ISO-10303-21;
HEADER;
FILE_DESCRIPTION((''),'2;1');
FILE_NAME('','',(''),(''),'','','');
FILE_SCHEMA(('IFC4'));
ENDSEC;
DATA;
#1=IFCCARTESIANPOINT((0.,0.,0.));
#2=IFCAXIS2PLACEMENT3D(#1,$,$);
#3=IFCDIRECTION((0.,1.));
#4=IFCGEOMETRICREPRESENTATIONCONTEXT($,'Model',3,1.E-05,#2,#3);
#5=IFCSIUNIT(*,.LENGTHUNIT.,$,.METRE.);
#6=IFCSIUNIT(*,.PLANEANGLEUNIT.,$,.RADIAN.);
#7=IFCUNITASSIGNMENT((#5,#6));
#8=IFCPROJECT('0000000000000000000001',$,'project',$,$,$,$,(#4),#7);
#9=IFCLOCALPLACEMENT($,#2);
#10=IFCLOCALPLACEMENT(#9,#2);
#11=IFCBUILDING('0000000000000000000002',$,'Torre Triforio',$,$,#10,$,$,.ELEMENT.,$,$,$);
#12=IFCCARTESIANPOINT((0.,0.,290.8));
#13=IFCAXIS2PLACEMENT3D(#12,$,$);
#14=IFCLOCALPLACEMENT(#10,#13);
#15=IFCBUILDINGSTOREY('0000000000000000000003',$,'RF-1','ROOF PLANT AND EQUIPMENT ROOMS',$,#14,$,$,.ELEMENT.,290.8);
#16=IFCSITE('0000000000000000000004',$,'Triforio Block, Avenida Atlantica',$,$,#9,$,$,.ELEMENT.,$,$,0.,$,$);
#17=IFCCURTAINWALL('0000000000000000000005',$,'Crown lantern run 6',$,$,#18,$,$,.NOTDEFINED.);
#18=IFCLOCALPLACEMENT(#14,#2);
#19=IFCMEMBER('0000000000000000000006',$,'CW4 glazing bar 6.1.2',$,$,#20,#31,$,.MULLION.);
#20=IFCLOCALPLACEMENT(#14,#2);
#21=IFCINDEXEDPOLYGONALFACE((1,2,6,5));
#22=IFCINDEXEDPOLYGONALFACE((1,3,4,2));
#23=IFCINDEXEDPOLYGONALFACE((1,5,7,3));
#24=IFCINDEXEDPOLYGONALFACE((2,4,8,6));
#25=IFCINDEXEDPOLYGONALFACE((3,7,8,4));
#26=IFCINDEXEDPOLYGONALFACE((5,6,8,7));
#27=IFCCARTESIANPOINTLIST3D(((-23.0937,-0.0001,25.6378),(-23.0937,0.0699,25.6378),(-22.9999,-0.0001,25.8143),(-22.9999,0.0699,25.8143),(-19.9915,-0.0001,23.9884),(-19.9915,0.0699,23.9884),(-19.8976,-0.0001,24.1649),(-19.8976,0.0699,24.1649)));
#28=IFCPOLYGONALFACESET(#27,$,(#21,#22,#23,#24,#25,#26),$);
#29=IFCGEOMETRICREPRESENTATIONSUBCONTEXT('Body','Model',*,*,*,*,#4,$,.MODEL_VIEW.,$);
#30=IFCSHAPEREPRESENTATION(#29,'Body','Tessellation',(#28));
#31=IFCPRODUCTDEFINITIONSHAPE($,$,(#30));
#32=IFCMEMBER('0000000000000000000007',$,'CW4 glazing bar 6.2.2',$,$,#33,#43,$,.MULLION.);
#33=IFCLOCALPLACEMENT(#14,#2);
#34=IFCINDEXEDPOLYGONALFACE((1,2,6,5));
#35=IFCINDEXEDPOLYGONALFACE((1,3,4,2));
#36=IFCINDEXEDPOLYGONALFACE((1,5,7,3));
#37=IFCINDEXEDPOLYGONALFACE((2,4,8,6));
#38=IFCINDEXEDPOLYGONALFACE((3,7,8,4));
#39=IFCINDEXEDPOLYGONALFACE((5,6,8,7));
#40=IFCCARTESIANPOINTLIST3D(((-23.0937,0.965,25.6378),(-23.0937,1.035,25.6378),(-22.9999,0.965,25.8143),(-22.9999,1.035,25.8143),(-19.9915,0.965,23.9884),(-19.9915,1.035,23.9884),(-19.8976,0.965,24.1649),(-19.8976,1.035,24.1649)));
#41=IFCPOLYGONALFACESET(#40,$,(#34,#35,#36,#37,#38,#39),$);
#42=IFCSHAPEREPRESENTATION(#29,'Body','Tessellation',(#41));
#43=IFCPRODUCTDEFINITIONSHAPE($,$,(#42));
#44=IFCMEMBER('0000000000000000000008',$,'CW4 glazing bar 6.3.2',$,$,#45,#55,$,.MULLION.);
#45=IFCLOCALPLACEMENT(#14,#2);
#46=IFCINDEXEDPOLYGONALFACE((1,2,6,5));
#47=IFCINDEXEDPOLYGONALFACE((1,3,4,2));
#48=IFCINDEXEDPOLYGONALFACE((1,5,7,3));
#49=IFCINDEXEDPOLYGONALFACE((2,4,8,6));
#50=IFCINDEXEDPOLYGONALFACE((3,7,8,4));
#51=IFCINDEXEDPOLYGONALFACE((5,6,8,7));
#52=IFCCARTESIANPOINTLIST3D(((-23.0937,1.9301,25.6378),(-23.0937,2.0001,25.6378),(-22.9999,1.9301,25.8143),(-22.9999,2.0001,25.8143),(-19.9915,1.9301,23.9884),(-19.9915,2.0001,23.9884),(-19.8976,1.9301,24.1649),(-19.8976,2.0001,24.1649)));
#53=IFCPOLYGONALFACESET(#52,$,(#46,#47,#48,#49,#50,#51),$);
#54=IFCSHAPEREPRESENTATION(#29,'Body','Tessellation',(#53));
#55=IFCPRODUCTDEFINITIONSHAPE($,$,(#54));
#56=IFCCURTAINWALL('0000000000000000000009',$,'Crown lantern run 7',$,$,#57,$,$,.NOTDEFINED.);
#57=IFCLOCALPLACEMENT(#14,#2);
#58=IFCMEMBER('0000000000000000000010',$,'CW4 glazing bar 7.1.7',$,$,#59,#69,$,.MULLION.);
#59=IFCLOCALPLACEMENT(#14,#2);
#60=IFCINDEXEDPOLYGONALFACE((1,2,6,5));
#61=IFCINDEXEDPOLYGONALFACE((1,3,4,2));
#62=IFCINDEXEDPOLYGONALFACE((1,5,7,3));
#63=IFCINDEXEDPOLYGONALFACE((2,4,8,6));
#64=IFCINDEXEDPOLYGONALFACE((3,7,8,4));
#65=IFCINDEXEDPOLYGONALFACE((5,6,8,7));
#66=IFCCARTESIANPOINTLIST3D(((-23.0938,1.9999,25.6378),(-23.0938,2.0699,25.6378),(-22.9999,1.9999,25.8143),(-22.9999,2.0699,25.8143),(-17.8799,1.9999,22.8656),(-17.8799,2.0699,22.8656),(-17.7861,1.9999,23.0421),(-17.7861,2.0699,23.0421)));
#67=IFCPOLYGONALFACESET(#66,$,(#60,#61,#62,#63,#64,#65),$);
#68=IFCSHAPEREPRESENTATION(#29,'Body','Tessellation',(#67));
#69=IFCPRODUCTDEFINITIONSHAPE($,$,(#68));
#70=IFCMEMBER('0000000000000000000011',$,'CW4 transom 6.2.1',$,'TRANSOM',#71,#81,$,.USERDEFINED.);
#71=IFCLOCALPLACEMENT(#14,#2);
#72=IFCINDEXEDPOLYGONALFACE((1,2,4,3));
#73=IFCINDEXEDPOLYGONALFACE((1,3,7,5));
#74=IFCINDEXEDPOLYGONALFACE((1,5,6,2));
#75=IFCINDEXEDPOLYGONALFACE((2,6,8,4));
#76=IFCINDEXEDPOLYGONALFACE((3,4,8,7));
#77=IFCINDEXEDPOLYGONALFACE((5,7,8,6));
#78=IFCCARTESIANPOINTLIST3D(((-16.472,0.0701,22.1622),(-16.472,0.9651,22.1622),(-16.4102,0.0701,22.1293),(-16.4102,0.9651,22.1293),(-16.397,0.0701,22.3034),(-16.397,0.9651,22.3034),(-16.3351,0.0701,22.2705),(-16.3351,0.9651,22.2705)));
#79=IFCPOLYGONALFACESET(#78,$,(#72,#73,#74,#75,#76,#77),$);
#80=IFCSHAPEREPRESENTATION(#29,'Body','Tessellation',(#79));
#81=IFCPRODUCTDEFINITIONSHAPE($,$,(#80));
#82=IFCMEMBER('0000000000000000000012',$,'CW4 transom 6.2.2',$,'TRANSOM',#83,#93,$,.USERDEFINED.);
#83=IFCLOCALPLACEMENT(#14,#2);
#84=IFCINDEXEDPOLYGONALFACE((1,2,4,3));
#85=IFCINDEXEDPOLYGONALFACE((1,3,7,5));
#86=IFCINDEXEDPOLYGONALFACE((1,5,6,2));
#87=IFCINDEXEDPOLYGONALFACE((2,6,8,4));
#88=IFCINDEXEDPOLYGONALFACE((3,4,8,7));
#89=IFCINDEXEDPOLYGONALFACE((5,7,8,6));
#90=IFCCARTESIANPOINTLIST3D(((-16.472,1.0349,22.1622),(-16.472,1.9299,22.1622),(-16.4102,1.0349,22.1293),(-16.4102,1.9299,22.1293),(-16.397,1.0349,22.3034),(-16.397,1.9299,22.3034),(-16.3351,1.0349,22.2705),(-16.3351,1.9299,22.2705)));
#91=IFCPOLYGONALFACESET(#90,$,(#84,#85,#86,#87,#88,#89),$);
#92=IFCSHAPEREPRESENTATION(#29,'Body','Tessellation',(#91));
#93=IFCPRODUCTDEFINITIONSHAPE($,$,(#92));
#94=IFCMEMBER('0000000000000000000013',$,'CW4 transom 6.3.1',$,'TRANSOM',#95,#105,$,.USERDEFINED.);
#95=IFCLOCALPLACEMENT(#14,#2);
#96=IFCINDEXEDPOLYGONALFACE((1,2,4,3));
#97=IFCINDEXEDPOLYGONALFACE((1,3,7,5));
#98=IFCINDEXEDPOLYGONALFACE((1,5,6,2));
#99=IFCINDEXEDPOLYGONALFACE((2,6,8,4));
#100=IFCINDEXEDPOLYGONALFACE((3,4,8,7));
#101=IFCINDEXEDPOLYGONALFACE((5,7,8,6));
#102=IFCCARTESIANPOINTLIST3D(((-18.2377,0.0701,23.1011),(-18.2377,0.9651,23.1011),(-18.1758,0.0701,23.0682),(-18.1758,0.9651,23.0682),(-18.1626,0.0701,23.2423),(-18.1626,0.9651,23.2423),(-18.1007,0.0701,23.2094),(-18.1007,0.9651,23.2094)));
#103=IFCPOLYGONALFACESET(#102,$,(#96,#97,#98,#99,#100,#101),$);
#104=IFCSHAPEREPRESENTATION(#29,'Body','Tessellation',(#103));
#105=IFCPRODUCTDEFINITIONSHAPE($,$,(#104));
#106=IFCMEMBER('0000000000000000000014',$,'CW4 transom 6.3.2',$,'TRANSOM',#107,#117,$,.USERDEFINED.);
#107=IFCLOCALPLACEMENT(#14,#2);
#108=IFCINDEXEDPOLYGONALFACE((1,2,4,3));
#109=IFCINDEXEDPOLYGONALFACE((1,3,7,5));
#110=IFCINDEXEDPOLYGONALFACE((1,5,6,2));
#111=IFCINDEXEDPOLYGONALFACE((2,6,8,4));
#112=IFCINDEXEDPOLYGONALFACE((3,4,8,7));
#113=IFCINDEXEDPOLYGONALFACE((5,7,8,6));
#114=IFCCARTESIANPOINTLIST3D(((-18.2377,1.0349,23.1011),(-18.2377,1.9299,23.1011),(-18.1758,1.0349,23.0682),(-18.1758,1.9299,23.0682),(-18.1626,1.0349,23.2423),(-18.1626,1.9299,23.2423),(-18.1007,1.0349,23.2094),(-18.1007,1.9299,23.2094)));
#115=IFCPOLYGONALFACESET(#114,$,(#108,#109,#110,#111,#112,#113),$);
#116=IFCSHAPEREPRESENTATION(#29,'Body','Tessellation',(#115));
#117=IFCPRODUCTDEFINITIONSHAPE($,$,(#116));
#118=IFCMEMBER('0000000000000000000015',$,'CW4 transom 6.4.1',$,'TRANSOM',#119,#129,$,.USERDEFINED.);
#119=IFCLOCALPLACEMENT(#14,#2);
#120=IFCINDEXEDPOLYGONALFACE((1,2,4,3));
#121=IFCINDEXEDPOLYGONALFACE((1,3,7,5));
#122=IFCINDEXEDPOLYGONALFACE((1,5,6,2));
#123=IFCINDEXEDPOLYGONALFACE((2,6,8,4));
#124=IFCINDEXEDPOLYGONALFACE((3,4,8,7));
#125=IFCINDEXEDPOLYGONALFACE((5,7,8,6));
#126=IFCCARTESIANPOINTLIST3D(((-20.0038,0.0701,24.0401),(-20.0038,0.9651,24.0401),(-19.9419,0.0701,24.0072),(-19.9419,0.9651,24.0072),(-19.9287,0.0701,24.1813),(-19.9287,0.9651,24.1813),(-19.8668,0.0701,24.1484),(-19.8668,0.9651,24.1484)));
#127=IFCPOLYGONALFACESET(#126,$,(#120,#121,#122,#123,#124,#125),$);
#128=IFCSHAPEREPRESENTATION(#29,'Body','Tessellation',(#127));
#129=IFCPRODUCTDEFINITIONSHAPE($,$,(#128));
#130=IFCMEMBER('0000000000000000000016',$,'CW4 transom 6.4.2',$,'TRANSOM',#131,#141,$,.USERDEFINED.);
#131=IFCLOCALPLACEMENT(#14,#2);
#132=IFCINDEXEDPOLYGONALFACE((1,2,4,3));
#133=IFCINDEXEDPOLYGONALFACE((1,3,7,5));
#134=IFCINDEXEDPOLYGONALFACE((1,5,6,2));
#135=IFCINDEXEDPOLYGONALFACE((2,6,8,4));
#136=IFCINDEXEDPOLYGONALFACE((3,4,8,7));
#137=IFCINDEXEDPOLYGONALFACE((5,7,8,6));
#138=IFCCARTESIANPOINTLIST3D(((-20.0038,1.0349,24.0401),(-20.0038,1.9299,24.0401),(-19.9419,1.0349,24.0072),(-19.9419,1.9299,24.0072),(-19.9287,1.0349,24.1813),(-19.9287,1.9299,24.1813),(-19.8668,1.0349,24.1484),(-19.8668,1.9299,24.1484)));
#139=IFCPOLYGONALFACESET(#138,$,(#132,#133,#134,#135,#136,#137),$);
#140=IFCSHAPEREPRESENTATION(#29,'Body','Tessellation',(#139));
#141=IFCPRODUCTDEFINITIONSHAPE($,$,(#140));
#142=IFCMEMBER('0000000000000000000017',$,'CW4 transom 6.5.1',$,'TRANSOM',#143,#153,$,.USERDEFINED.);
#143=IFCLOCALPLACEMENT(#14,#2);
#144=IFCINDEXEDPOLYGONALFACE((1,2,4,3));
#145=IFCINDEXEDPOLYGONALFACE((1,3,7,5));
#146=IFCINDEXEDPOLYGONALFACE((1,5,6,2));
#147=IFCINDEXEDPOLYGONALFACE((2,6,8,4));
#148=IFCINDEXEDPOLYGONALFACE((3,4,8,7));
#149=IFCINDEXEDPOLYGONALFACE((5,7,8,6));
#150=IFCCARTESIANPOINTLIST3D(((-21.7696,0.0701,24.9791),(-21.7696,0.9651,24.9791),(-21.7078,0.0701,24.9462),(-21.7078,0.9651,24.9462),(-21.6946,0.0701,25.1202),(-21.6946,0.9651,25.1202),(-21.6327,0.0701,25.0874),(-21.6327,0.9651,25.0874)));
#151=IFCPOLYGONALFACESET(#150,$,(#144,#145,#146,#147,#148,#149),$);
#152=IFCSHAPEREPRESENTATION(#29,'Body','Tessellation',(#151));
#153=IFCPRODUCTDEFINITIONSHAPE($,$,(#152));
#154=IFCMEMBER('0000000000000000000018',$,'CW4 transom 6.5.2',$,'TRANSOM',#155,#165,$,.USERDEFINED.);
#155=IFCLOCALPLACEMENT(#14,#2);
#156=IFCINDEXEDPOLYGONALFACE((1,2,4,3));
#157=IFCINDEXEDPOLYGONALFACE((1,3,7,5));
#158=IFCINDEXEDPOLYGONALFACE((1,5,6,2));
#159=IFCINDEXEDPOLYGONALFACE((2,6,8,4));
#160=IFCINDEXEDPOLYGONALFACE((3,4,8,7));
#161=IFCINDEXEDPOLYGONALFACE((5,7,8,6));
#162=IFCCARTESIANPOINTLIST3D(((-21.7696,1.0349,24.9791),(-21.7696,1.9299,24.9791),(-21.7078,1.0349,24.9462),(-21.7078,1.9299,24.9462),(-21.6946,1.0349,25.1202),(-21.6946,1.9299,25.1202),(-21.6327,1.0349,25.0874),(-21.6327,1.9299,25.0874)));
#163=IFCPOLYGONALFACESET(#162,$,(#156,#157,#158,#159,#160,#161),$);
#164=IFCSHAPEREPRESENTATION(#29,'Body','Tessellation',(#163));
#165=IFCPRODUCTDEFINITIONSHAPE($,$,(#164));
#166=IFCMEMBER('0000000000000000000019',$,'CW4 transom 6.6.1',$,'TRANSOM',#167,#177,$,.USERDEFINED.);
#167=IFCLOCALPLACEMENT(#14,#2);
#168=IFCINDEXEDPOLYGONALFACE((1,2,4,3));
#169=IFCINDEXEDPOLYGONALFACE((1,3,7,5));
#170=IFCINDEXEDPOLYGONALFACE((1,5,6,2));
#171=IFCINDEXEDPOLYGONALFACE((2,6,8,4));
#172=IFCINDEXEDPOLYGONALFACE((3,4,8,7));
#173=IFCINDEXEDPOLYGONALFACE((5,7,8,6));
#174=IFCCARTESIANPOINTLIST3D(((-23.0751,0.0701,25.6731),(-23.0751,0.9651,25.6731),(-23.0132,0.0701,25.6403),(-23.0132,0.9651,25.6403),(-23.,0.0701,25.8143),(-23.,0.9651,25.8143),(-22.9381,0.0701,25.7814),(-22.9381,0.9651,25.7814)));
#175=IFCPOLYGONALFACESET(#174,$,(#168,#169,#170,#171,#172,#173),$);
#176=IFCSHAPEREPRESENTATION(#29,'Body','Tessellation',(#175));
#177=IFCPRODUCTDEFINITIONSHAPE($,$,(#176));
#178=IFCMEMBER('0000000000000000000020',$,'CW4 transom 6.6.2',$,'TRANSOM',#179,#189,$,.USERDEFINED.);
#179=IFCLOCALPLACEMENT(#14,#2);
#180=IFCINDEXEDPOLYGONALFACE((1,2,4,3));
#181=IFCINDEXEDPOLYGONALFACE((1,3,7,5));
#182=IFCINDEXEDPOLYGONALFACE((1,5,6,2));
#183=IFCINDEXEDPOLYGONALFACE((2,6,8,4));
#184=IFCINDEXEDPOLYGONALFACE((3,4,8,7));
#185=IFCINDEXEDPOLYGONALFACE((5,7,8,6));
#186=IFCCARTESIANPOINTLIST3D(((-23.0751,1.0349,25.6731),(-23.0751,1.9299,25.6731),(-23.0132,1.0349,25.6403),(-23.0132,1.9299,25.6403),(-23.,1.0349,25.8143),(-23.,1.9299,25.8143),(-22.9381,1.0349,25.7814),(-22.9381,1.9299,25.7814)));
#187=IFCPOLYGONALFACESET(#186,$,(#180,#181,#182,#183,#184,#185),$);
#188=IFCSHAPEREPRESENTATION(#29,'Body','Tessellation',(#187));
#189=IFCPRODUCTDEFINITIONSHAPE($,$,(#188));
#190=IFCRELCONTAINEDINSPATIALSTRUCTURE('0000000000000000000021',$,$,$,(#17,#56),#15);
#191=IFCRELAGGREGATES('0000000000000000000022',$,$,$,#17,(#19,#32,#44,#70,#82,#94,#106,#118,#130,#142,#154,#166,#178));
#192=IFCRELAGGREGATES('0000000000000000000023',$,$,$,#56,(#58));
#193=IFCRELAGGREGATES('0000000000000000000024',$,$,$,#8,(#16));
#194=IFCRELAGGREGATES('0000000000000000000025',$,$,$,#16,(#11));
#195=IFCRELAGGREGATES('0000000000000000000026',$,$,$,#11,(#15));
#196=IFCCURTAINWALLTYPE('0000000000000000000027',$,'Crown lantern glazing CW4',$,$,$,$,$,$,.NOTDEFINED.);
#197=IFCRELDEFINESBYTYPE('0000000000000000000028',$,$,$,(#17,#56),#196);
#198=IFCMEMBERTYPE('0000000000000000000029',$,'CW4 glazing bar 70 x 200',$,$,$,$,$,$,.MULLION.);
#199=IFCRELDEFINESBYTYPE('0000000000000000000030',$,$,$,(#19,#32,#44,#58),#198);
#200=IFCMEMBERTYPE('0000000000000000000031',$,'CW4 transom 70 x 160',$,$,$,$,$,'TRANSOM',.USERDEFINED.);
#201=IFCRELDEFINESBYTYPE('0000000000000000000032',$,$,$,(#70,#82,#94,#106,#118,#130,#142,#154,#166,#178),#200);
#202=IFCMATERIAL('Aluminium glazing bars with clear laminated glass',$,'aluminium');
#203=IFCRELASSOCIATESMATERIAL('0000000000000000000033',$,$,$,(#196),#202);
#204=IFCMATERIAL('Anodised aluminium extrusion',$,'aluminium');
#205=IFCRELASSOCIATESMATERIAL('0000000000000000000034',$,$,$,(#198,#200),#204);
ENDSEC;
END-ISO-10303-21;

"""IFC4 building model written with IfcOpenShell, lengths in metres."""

from ifc_helpers import new_model, si_unit, direction, frame, origin, origin_2d, place, context, subcontext, project, spatial, rectangle, extrude, material, material_profile, profile_set, type_object, element, aggregate, save


model = new_model("IFC4")

# Units and contexts
model_context = context("Model", 3, precision=1e-05, world=origin(), true_north=direction((0.0, 1.0)))
body_context = subcontext(model_context, "Body", "Model", "MODEL_VIEW")
ifc_project = project(units=[si_unit("LENGTHUNIT", "METRE"), si_unit("PLANEANGLEUNIT", "RADIAN")], contexts=[model_context])

# Site, building, storey
site_placement = place(None, origin())
site = spatial("IfcSite", under=ifc_project, at=site_placement, Name="Triforio Block, Avenida Atlantica", CompositionType="ELEMENT", RefElevation=0.0)
building_placement = place(site_placement, origin())
building = spatial("IfcBuilding", under=site, at=building_placement, Name="Torre Triforio", CompositionType="ELEMENT")
storey_placement = place(building_placement, frame((0.0, 0.0, 290.8)))
storey = spatial("IfcBuildingStorey", under=building, at=storey_placement, Name="RF-1", Description="ROOF PLANT AND EQUIPMENT ROOMS", CompositionType="ELEMENT", Elevation=290.8)

# Curtain wall, members
ifc_material_1 = material(Name="Aluminium glazing bars with clear laminated glass", Category="aluminium")
curtain_wall_type = type_object("IfcCurtainWallType", Name="Crown lantern glazing CW4", PredefinedType="NOTDEFINED", material=ifc_material_1)
curtain_wall_1_placement = place(storey_placement, origin())
curtain_wall_1 = element("IfcCurtainWall", 1, at=curtain_wall_1_placement, inside=storey, type_object=curtain_wall_type, Name="Crown lantern run 6", PredefinedType="NOTDEFINED")
ifc_material_2 = material(Name="Anodised aluminium extrusion", Category="aluminium")
ifc_material_profile_1 = material_profile(ifc_material_2, rectangle(XDim=0.0701, YDim=0.2, at=origin_2d()), Name="CW4 MULLION 70x200")
ifc_profile_set_1 = profile_set([ifc_material_profile_1], Name="Anodised aluminium extrusion")
member_type_1 = type_object("IfcMemberType", Name="CW4 glazing bar 70 x 200", PredefinedType="MULLION", material=ifc_profile_set_1)
member_1_placement = place(storey_placement, frame((-19.9446, 0.0349, 24.0767), z_axis=(-0.88296, 0.0, 0.469448), x_axis=(0.0, -1.0, 0.0)))
member_1 = element("IfcMember", 2, at=member_1_placement, type_object=member_type_1, Name="CW4 glazing bar 6.1.2", PredefinedType="MULLION", context=body_context, shape_type="SweptSolid", body=[
    extrude(rectangle(XDim=0.0701, YDim=0.2, at=origin_2d()), origin(), (0.0, 0.0, 1.0), 3.5134),
])
member_2_placement = place(storey_placement, frame((-19.9446, 1.0, 24.0767), z_axis=(-0.88296, 0.0, 0.469448), x_axis=(0.0, -1.0, 0.0)))
member_2 = element("IfcMember", 3, at=member_2_placement, type_object=member_type_1, Name="CW4 glazing bar 6.2.2", PredefinedType="MULLION", context=body_context, shape_type="SweptSolid", body=[
    extrude(rectangle(XDim=0.0701, YDim=0.2, at=origin_2d()), origin(), (0.0, 0.0, 1.0), 3.5134),
])
member_3_placement = place(storey_placement, frame((-19.9446, 1.9651, 24.0767), z_axis=(-0.88296, 0.0, 0.469448), x_axis=(0.0, -1.0, 0.0)))
member_3 = element("IfcMember", 4, at=member_3_placement, type_object=member_type_1, Name="CW4 glazing bar 6.3.2", PredefinedType="MULLION", context=body_context, shape_type="SweptSolid", body=[
    extrude(rectangle(XDim=0.0701, YDim=0.2, at=origin_2d()), origin(), (0.0, 0.0, 1.0), 3.5134),
])

# Curtain wall, member
curtain_wall_2_placement = place(storey_placement, origin())
curtain_wall_2 = element("IfcCurtainWall", 5, at=curtain_wall_2_placement, inside=storey, type_object=curtain_wall_type, Name="Crown lantern run 7", PredefinedType="NOTDEFINED")
member_4_placement = place(storey_placement, frame((-17.833, 2.0349, 22.9539), z_axis=(-0.882951, 0.0, 0.469466), x_axis=(0.0, -1.0, 0.0)))
member_4 = element("IfcMember", 6, at=member_4_placement, type_object=member_type_1, Name="CW4 glazing bar 7.1.7", PredefinedType="MULLION", context=body_context, shape_type="SweptSolid", body=[
    extrude(rectangle(XDim=0.0701, YDim=0.2, at=origin_2d()), origin(), (0.0, 0.0, 1.0), 5.905),
])

# Members
ifc_material_profile_2 = material_profile(ifc_material_2, rectangle(XDim=0.0701, YDim=0.1599, at=origin_2d()), Name="CW4 TRANSOM 70x160")
ifc_profile_set_2 = profile_set([ifc_material_profile_2], Name="Anodised aluminium extrusion")
member_type_2 = type_object("IfcMemberType", Name="CW4 transom 70 x 160", ElementType="TRANSOM", PredefinedType="USERDEFINED", material=ifc_profile_set_2)
member_5_placement = place(storey_placement, frame((-16.4036, 0.0701, 22.2163), z_axis=(0.0, 1.0, 0.0), x_axis=(-0.882948, 0.0, 0.469472)))
member_5 = element("IfcMember", 7, at=member_5_placement, type_object=member_type_2, Name="CW4 transom 6.2.1", ObjectType="TRANSOM", PredefinedType="USERDEFINED", context=body_context, shape_type="SweptSolid", body=[
    extrude(rectangle(XDim=0.0701, YDim=0.1599, at=origin_2d()), origin(), (0.0, 0.0, 1.0), 0.895),
])
member_6_placement = place(storey_placement, frame((-16.4036, 1.0349, 22.2163), z_axis=(0.0, 1.0, 0.0), x_axis=(-0.882948, 0.0, 0.469472)))
member_6 = element("IfcMember", 8, at=member_6_placement, type_object=member_type_2, Name="CW4 transom 6.2.2", ObjectType="TRANSOM", PredefinedType="USERDEFINED", context=body_context, shape_type="SweptSolid", body=[
    extrude(rectangle(XDim=0.0701, YDim=0.1599, at=origin_2d()), origin(), (0.0, 0.0, 1.0), 0.895),
])
member_7_placement = place(storey_placement, frame((-18.1692, 0.0701, 23.1553), z_axis=(0.0, 1.0, 0.0), x_axis=(-0.882948, 0.0, 0.469472)))
member_7 = element("IfcMember", 9, at=member_7_placement, type_object=member_type_2, Name="CW4 transom 6.3.1", ObjectType="TRANSOM", PredefinedType="USERDEFINED", context=body_context, shape_type="SweptSolid", body=[
    extrude(rectangle(XDim=0.0701, YDim=0.1599, at=origin_2d()), origin(), (0.0, 0.0, 1.0), 0.895),
])
member_8_placement = place(storey_placement, frame((-18.1692, 1.0349, 23.1553), z_axis=(0.0, 1.0, 0.0), x_axis=(-0.882948, 0.0, 0.469472)))
member_8 = element("IfcMember", 10, at=member_8_placement, type_object=member_type_2, Name="CW4 transom 6.3.2", ObjectType="TRANSOM", PredefinedType="USERDEFINED", context=body_context, shape_type="SweptSolid", body=[
    extrude(rectangle(XDim=0.0701, YDim=0.1599, at=origin_2d()), origin(), (0.0, 0.0, 1.0), 0.895),
])
member_9_placement = place(storey_placement, frame((-19.9353, 0.0701, 24.0942), z_axis=(0.0, 1.0, 0.0), x_axis=(-0.882948, 0.0, 0.469472)))
member_9 = element("IfcMember", 11, at=member_9_placement, type_object=member_type_2, Name="CW4 transom 6.4.1", ObjectType="TRANSOM", PredefinedType="USERDEFINED", context=body_context, shape_type="SweptSolid", body=[
    extrude(rectangle(XDim=0.0701, YDim=0.1599, at=origin_2d()), origin(), (0.0, 0.0, 1.0), 0.895),
])
member_10_placement = place(storey_placement, frame((-19.9353, 1.0349, 24.0942), z_axis=(0.0, 1.0, 0.0), x_axis=(-0.882948, 0.0, 0.469472)))
member_10 = element("IfcMember", 12, at=member_10_placement, type_object=member_type_2, Name="CW4 transom 6.4.2", ObjectType="TRANSOM", PredefinedType="USERDEFINED", context=body_context, shape_type="SweptSolid", body=[
    extrude(rectangle(XDim=0.0701, YDim=0.1599, at=origin_2d()), origin(), (0.0, 0.0, 1.0), 0.895),
])
member_11_placement = place(storey_placement, frame((-21.7012, 0.0701, 25.0332), z_axis=(0.0, 1.0, 0.0), x_axis=(-0.882948, 0.0, 0.469472)))
member_11 = element("IfcMember", 13, at=member_11_placement, type_object=member_type_2, Name="CW4 transom 6.5.1", ObjectType="TRANSOM", PredefinedType="USERDEFINED", context=body_context, shape_type="SweptSolid", body=[
    extrude(rectangle(XDim=0.0701, YDim=0.1599, at=origin_2d()), origin(), (0.0, 0.0, 1.0), 0.895),
])
member_12_placement = place(storey_placement, frame((-21.7012, 1.0349, 25.0332), z_axis=(0.0, 1.0, 0.0), x_axis=(-0.882948, 0.0, 0.469472)))
member_12 = element("IfcMember", 14, at=member_12_placement, type_object=member_type_2, Name="CW4 transom 6.5.2", ObjectType="TRANSOM", PredefinedType="USERDEFINED", context=body_context, shape_type="SweptSolid", body=[
    extrude(rectangle(XDim=0.0701, YDim=0.1599, at=origin_2d()), origin(), (0.0, 0.0, 1.0), 0.895),
])
member_13_placement = place(storey_placement, frame((-23.0066, 0.0701, 25.7273), z_axis=(0.0, 1.0, 0.0), x_axis=(-0.882948, 0.0, 0.469472)))
member_13 = element("IfcMember", 15, at=member_13_placement, type_object=member_type_2, Name="CW4 transom 6.6.1", ObjectType="TRANSOM", PredefinedType="USERDEFINED", context=body_context, shape_type="SweptSolid", body=[
    extrude(rectangle(XDim=0.0701, YDim=0.1599, at=origin_2d()), origin(), (0.0, 0.0, 1.0), 0.895),
])
member_14_placement = place(storey_placement, frame((-23.0066, 1.0349, 25.7273), z_axis=(0.0, 1.0, 0.0), x_axis=(-0.882948, 0.0, 0.469472)))
member_14 = element("IfcMember", 16, at=member_14_placement, type_object=member_type_2, Name="CW4 transom 6.6.2", ObjectType="TRANSOM", PredefinedType="USERDEFINED", context=body_context, shape_type="SweptSolid", body=[
    extrude(rectangle(XDim=0.0701, YDim=0.1599, at=origin_2d()), origin(), (0.0, 0.0, 1.0), 0.895),
])

aggregate(curtain_wall_1, [member_1, member_2, member_3, member_5, member_6, member_7, member_8, member_9, member_10, member_11, member_12, member_13, member_14])
aggregate(curtain_wall_2, [member_4])

save(model, "model.ifc")
